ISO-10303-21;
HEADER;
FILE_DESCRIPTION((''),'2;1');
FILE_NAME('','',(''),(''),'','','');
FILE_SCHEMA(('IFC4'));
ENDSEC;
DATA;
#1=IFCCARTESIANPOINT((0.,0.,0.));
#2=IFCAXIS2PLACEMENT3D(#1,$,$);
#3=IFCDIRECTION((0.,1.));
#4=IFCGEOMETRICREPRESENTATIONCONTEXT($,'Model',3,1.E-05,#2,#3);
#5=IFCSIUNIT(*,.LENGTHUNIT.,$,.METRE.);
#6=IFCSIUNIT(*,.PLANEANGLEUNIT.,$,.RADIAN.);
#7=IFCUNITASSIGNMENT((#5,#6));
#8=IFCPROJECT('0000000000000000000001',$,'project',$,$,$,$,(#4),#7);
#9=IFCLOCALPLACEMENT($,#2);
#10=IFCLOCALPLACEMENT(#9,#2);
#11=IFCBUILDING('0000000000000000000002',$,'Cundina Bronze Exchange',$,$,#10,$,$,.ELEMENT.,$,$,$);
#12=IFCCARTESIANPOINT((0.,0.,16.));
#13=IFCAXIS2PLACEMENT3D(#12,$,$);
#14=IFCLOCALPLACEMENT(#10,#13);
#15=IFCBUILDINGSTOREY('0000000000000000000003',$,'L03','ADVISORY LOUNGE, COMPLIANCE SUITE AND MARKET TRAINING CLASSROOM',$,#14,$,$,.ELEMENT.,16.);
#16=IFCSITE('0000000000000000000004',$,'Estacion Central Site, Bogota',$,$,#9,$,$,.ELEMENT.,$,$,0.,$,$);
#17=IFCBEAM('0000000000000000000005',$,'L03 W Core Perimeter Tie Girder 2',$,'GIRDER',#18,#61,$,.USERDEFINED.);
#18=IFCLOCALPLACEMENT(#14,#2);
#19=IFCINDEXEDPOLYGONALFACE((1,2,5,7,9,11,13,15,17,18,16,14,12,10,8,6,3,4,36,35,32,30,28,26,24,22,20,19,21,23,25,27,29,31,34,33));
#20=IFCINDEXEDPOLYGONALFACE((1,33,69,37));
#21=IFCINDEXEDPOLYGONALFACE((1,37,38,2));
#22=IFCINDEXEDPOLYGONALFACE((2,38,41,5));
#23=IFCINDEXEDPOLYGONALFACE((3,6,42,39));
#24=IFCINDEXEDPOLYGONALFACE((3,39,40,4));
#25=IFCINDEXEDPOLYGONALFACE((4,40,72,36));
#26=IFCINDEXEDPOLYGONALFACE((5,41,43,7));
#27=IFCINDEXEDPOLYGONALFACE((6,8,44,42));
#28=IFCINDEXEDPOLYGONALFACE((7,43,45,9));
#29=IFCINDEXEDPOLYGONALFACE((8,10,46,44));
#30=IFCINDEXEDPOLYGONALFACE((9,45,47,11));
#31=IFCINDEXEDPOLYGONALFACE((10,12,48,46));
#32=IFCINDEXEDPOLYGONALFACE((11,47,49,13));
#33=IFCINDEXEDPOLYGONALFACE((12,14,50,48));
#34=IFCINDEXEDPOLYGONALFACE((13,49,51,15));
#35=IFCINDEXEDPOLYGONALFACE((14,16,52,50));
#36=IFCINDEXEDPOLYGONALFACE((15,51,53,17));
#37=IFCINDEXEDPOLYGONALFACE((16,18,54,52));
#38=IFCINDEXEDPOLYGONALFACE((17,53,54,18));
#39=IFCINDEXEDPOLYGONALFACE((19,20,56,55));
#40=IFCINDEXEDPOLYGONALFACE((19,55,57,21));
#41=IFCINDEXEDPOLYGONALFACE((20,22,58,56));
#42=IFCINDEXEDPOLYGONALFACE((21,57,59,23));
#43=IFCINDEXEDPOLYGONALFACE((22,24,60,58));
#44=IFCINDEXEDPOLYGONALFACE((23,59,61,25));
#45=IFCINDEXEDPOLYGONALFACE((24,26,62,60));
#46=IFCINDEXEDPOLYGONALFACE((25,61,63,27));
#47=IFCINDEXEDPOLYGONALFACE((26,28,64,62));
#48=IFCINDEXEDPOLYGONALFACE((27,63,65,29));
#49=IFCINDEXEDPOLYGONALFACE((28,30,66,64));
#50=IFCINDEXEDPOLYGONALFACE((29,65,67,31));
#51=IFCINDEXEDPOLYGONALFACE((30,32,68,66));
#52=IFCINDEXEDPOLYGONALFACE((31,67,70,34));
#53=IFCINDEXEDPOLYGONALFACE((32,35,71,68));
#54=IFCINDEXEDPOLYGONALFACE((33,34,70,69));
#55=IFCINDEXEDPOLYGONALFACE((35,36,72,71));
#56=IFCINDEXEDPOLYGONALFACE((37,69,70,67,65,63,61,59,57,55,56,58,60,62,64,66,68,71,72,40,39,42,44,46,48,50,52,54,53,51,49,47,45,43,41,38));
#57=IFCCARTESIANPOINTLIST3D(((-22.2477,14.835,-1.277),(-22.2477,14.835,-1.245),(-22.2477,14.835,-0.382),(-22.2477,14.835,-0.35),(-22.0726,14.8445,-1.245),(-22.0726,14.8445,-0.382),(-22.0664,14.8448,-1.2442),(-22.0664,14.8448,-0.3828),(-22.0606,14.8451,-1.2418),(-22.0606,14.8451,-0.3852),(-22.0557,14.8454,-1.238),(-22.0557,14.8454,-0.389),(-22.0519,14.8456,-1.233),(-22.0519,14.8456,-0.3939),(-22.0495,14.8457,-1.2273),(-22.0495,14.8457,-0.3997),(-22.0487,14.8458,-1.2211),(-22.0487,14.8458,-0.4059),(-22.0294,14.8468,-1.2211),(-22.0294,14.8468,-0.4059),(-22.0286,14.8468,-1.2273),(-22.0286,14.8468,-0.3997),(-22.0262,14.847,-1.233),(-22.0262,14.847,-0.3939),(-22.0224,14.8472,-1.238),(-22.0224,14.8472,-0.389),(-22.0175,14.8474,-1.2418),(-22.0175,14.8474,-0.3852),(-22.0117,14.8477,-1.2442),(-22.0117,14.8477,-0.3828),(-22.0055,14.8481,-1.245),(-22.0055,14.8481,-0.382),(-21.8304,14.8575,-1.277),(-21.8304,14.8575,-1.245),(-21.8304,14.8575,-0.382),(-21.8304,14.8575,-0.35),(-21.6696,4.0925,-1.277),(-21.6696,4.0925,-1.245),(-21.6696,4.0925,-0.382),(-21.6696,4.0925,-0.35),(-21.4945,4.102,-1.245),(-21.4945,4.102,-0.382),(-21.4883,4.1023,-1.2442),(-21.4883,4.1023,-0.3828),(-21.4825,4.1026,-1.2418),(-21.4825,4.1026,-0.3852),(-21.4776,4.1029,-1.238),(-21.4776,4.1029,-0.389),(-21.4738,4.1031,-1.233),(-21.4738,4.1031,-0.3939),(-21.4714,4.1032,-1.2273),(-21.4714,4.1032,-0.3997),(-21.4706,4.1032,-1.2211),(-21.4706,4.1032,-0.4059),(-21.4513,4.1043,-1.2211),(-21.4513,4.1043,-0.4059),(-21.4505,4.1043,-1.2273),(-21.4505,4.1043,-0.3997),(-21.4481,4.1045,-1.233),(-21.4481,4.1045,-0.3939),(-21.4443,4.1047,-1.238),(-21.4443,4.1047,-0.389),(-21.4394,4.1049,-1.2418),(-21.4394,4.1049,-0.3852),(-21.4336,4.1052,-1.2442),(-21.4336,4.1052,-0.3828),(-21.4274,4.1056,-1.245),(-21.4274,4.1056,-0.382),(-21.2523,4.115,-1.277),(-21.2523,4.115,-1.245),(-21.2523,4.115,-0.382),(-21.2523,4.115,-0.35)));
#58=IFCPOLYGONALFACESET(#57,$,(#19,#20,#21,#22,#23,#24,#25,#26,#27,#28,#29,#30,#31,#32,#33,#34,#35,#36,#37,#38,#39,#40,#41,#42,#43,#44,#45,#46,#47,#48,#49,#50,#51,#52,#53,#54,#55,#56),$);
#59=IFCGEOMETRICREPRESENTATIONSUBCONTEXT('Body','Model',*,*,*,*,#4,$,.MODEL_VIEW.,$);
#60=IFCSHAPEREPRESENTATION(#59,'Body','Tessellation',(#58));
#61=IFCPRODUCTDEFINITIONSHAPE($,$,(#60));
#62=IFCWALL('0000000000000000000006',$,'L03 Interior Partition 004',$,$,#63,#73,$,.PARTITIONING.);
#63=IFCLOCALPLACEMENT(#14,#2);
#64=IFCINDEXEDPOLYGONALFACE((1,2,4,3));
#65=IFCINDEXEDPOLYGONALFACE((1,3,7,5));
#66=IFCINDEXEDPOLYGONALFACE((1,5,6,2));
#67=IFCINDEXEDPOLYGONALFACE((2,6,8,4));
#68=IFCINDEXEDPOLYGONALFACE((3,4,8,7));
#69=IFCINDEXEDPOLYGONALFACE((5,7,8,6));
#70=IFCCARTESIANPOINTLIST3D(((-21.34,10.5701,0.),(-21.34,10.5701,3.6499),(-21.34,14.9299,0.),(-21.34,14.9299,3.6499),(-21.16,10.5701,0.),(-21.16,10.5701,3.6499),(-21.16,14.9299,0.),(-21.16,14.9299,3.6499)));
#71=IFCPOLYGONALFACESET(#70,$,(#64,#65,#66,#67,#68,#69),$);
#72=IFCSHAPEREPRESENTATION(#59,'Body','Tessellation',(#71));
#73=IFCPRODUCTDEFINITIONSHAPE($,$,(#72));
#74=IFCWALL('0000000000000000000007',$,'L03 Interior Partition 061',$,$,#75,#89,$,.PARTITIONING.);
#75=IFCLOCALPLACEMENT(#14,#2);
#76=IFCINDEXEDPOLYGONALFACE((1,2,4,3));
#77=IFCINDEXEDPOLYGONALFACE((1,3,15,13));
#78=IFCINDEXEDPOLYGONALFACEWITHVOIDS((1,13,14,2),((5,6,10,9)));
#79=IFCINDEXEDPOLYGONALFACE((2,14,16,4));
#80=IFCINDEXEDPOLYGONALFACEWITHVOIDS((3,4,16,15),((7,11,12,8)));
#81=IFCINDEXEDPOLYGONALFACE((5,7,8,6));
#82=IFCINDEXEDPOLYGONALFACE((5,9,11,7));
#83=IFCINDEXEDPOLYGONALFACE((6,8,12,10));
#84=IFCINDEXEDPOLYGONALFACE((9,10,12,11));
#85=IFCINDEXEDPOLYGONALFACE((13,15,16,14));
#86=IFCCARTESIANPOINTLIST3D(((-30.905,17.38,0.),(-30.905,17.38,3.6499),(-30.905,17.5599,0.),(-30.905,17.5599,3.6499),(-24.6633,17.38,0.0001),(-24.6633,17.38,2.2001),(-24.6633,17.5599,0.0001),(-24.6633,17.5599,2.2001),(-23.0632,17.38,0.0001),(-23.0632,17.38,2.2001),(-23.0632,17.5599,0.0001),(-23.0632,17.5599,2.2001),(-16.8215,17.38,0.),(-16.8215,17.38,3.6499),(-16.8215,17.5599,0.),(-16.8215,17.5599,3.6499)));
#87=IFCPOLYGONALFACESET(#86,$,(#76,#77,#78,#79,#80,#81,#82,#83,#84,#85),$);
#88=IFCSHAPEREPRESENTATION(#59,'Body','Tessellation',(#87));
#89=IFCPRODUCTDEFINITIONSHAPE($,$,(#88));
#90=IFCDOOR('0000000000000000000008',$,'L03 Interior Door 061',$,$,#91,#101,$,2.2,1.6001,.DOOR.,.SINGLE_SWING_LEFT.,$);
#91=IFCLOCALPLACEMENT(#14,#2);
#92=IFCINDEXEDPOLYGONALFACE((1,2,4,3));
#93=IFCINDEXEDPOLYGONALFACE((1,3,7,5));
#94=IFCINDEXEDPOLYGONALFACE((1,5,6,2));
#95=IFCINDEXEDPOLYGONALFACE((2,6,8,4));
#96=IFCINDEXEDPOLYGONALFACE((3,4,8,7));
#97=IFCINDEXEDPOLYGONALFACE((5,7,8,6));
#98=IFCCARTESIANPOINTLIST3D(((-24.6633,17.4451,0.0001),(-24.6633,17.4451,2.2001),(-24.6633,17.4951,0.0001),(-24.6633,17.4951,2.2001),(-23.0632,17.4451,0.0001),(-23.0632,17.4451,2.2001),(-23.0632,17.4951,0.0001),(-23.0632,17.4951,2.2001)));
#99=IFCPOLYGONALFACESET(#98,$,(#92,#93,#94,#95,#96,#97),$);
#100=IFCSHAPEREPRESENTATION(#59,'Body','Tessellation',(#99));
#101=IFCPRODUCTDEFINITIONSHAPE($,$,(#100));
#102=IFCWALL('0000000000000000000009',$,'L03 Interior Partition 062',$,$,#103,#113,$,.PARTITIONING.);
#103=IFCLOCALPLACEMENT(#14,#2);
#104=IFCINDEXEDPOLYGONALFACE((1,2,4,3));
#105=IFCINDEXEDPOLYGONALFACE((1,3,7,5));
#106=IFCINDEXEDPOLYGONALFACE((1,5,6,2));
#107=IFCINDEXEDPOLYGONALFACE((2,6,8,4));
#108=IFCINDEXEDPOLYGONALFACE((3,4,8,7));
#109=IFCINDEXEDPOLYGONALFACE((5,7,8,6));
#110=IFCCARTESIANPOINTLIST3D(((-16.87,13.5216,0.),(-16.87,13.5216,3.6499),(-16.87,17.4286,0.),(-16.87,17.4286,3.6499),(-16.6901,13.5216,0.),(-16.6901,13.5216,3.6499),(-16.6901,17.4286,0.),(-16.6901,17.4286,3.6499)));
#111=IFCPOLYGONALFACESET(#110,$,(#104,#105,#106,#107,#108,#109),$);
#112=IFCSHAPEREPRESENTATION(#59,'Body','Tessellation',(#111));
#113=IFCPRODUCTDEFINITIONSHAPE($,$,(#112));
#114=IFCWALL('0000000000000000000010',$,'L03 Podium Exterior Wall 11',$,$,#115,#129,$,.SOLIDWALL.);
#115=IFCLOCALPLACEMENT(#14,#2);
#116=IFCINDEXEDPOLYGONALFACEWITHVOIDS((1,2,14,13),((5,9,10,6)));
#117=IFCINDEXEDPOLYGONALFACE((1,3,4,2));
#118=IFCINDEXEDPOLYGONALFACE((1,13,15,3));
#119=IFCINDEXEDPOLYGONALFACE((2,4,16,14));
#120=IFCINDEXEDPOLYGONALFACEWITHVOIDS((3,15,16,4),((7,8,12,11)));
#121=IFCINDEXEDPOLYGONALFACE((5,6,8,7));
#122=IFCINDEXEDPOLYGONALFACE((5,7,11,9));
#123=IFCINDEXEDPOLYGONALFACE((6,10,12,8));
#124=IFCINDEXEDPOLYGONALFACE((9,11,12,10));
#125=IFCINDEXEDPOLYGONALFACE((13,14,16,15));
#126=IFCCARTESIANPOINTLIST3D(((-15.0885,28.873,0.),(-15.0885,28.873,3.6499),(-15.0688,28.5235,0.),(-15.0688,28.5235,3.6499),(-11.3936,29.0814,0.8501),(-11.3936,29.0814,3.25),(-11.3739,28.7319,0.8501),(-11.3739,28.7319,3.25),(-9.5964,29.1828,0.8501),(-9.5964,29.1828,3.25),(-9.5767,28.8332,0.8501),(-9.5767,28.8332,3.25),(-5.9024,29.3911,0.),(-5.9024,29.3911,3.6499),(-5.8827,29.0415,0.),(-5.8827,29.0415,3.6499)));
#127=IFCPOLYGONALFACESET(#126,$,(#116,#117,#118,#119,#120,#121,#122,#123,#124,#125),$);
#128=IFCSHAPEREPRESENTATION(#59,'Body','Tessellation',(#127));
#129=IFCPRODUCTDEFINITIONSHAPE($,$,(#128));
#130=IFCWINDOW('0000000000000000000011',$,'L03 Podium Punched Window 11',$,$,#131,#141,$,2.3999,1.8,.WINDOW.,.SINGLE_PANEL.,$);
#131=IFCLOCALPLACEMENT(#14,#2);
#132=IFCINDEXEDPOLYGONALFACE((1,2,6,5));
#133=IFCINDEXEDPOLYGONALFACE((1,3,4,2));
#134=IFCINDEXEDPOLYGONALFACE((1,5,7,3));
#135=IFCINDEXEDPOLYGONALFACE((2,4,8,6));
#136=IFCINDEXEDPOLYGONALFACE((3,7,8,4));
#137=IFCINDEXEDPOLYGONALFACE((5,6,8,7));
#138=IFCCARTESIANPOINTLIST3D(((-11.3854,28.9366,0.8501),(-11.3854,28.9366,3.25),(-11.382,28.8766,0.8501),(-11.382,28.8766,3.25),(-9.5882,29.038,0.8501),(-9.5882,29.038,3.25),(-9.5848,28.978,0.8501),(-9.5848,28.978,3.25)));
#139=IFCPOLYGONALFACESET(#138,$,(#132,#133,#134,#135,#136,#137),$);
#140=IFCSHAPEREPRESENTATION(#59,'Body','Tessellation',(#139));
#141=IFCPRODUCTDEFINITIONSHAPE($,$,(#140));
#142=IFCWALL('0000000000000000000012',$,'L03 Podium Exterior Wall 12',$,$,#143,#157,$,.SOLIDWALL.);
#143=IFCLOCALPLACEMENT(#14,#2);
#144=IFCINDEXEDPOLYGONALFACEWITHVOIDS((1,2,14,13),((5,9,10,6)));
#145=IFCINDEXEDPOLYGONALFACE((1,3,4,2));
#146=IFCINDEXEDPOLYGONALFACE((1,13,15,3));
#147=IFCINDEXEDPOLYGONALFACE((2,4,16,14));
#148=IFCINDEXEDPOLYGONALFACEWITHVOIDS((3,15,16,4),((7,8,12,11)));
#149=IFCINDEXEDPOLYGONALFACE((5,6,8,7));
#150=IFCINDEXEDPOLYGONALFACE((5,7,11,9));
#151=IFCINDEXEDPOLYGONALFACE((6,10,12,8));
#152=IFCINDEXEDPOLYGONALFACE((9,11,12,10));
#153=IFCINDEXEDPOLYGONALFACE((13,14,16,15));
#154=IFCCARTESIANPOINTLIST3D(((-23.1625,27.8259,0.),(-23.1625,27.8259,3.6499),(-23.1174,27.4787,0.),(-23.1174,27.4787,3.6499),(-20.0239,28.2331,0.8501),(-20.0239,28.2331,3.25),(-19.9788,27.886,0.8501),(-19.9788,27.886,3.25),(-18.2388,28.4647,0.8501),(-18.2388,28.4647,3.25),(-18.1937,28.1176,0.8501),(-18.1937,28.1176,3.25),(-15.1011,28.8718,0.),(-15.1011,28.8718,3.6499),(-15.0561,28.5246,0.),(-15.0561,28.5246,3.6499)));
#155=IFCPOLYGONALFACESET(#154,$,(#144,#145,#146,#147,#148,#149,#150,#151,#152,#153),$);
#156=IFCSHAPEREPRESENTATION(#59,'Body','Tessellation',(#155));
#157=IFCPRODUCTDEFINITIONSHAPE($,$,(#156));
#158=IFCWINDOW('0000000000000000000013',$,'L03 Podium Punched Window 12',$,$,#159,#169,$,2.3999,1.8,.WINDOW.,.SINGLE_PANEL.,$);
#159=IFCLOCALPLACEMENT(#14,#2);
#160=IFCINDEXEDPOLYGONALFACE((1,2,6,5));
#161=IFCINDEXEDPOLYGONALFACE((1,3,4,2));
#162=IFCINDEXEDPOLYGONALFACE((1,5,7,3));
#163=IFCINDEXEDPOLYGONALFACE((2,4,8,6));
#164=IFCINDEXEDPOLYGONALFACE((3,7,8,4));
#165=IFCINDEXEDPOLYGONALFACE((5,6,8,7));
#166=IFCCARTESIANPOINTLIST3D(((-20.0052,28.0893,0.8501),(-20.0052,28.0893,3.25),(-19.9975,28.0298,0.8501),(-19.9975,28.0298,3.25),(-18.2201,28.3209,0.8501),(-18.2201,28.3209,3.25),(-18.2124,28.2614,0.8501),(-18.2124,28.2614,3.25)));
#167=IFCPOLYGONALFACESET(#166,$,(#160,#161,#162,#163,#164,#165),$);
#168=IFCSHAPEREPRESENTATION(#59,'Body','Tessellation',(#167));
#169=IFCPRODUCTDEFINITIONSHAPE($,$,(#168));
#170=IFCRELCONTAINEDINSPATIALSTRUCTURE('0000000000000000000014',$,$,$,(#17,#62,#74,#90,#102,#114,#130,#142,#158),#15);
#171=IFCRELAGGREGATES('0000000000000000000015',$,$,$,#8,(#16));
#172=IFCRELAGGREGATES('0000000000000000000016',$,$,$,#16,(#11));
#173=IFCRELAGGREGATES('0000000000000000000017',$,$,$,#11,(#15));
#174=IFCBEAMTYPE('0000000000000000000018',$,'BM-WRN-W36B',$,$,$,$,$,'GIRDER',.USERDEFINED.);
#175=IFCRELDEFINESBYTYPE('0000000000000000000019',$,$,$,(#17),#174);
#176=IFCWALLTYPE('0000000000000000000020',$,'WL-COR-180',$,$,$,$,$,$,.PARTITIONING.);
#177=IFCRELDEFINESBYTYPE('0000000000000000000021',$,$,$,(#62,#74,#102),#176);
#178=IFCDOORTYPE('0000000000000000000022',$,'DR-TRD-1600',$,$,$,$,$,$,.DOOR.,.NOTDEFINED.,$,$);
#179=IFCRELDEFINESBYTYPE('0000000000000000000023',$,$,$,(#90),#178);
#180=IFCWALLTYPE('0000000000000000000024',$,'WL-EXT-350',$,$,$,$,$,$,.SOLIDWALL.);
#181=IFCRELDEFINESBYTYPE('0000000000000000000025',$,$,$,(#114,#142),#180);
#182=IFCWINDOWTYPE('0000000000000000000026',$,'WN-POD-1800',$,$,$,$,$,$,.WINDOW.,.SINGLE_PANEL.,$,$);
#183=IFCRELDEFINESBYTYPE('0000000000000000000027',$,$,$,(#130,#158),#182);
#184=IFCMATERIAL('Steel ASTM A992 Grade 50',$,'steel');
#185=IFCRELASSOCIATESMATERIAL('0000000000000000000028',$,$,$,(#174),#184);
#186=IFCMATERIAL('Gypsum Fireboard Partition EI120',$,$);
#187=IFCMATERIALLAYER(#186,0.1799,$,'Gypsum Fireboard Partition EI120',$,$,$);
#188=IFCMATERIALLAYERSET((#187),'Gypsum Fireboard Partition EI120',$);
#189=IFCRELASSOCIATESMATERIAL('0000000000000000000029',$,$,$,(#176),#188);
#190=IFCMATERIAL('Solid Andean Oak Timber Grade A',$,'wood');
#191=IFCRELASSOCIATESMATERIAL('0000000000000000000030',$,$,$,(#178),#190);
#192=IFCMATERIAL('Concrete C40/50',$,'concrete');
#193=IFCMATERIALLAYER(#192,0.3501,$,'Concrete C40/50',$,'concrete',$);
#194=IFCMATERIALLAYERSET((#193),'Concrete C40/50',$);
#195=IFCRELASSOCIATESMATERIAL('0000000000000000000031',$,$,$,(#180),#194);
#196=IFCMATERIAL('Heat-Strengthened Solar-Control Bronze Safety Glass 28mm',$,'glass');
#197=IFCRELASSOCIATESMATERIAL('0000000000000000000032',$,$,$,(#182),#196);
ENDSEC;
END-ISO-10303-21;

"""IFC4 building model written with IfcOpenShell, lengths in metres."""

from ifc_helpers import new_model, si_unit, direction, frame, frame_2d, origin, origin_2d, place, context, subcontext, project, spatial, rectangle, i_section, extrude, material, layer, layer_set, material_profile, profile_set, type_object, element, fill, save


model = new_model("IFC4")

# Units and contexts
model_context = context("Model", 3, precision=1e-05, world=origin(), true_north=direction((0.0, 1.0)))
body_context = subcontext(model_context, "Body", "Model", "MODEL_VIEW")
ifc_project = project(units=[si_unit("LENGTHUNIT", "METRE"), si_unit("PLANEANGLEUNIT", "RADIAN")], contexts=[model_context])

# Site, building, storey
site_placement = place(None, origin())
site = spatial("IfcSite", under=ifc_project, at=site_placement, Name="Estacion Central Site, Bogota", CompositionType="ELEMENT", RefElevation=0.0)
building_placement = place(site_placement, origin())
building = spatial("IfcBuilding", under=site, at=building_placement, Name="Cundina Bronze Exchange", CompositionType="ELEMENT")
storey_placement = place(building_placement, frame((0.0, 0.0, 16.0)))
storey = spatial("IfcBuildingStorey", under=building, at=storey_placement, Name="L03", Description="ADVISORY LOUNGE, COMPLIANCE SUITE AND MARKET TRAINING CLASSROOM", CompositionType="ELEMENT", Elevation=16.0)

# Shared definitions
ifc_material_1 = material(Name="Steel ASTM A992 Grade 50", Category="steel")

# Beam
ifc_material_profile_1 = material_profile(ifc_material_1, i_section(OverallWidth=0.418, OverallDepth=0.927, WebThickness=0.0193, FlangeThickness=0.032, FilletRadius=0.0239, at=origin_2d()), Name="W36X231", Category="steel")
ifc_profile_set_1 = profile_set([ifc_material_profile_1], Name="Steel ASTM A992 Grade 50")
beam_type_1 = type_object("IfcBeamType", Name="BM-WRN-W36B", ElementType="GIRDER", PredefinedType="USERDEFINED", material=ifc_profile_set_1)
beam_1_placement = place(storey_placement, frame((-21.4609, 4.1038, -0.8135), z_axis=(-0.053739, 0.998555, 0.0), x_axis=(-0.998555, -0.053739, 0.0)))
element("IfcBeam", 1, at=beam_1_placement, inside=storey, type_object=beam_type_1, Name="L03 W Core Perimeter Tie Girder 2", ObjectType="GIRDER", PredefinedType="USERDEFINED", context=body_context, shape_type="SweptSolid", body=[
    extrude(i_section(OverallWidth=0.418, OverallDepth=0.927, WebThickness=0.0193, FlangeThickness=0.032, FilletRadius=0.0239, at=origin_2d()), origin(), (0.0, 0.0, 1.0), 10.7581),
])

# Wall
ifc_material_2 = material(Name="Gypsum Fireboard Partition EI120")
ifc_layer_1 = layer(ifc_material_2, 0.1799, Name="Gypsum Fireboard Partition EI120")
ifc_layer_set_1 = layer_set([ifc_layer_1], Name="Gypsum Fireboard Partition EI120")
wall_type_1 = type_object("IfcWallType", Name="WL-COR-180", PredefinedType="PARTITIONING", material=ifc_layer_set_1)
wall_1_placement = place(storey_placement, frame((-21.25, 10.5701, 0.0), z_axis=(0.0, 0.0, 1.0), x_axis=(0.0, 1.0, 0.0)))
element("IfcWall", 2, at=wall_1_placement, inside=storey, type_object=wall_type_1, Name="L03 Interior Partition 004", PredefinedType="PARTITIONING", context=body_context, shape_type="SweptSolid", body=[
    extrude(rectangle(XDim=4.3599, YDim=0.1799, at=frame_2d((2.1799, 0.0))), origin(), (0.0, 0.0, 1.0), 3.6499),
])

# Wall, opening, door
wall_2_placement = place(storey_placement, frame((-16.8215, 17.47, 0.0), z_axis=(0.0, 0.0, 1.0), x_axis=(-1.0, 0.0, 0.0)))
wall_2 = element("IfcWall", 3, at=wall_2_placement, inside=storey, type_object=wall_type_1, Name="L03 Interior Partition 061", PredefinedType="PARTITIONING", context=body_context, shape_type="SweptSolid", body=[
    extrude(rectangle(XDim=14.0835, YDim=0.1799, at=frame_2d((7.0417, 0.0))), origin(), (0.0, 0.0, 1.0), 3.6499),
])
opening_1_placement = place(wall_2_placement, frame((6.2417, 0.0, 0.0)))
opening_1 = element("IfcOpeningElement", 4, at=opening_1_placement, cuts=wall_2, PredefinedType="OPENING", context=body_context, shape_type="SweptSolid", body=[
    extrude(rectangle(XDim=1.6001, YDim=2.2, at=frame_2d((0.8, 1.1001))), frame((0.0, 0.0999, 0.0), z_axis=(0.0, -1.0, 0.0), x_axis=(1.0, 0.0, 0.0)), (0.0, 0.0, 1.0), 0.2),
])
ifc_material_3 = material(Name="Solid Andean Oak Timber Grade A", Category="wood")
door_type_1 = type_object("IfcDoorType", Name="DR-TRD-1600", OperationType="NOTDEFINED", PredefinedType="DOOR", material=ifc_material_3)
door_1_placement = place(opening_1_placement, origin())
door_1 = element("IfcDoor", 5, at=door_1_placement, inside=storey, type_object=door_type_1, Name="L03 Interior Door 061", OperationType="SINGLE_SWING_LEFT", OverallHeight=2.2, OverallWidth=1.6001, PredefinedType="DOOR", context=body_context, shape_type="SweptSolid", body=[
    extrude(rectangle(XDim=1.6001, YDim=2.2, at=frame_2d((0.8, 1.1001))), frame((0.0, 0.0249, 0.0), z_axis=(0.0, -1.0, 0.0), x_axis=(1.0, 0.0, 0.0)), (0.0, 0.0, 1.0), 0.05),
])
fill(opening_1, door_1)

# Wall
wall_3_placement = place(storey_placement, frame((-16.78, 13.5215, 0.0), z_axis=(0.0, 0.0, 1.0), x_axis=(0.0, 1.0, 0.0)))
element("IfcWall", 6, at=wall_3_placement, inside=storey, type_object=wall_type_1, Name="L03 Interior Partition 062", PredefinedType="PARTITIONING", context=body_context, shape_type="SweptSolid", body=[
    extrude(rectangle(XDim=3.907, YDim=0.1799, at=frame_2d((1.9536, 0.0))), origin(), (0.0, 0.0, 1.0), 3.6499),
])

# Walls, openings, windows
ifc_material_4 = material(Name="Concrete C40/50", Category="concrete")
ifc_layer_2 = layer(ifc_material_4, 0.3501, Name="Concrete C40/50", Category="concrete")
ifc_layer_set_2 = layer_set([ifc_layer_2], Name="Concrete C40/50")
wall_type_2 = type_object("IfcWallType", Name="WL-EXT-350", PredefinedType="SOLIDWALL", material=ifc_layer_set_2)
wall_4_placement = place(storey_placement, frame((-5.8926, 29.2163, 0.0), z_axis=(0.0, 0.0, 1.0), x_axis=(-0.998413, -0.056308, 0.0)))
wall_4 = element("IfcWall", 7, at=wall_4_placement, inside=storey, type_object=wall_type_2, Name="L03 Podium Exterior Wall 11", PredefinedType="SOLIDWALL", context=body_context, shape_type="SweptSolid", body=[
    extrude(rectangle(XDim=9.2007, YDim=0.3501, at=frame_2d((4.6003, 0.0))), origin(), (0.0, 0.0, 1.0), 3.6499),
])
opening_2_placement = place(wall_4_placement, frame((3.7, 0.0, 0.8501)))
opening_2 = element("IfcOpeningElement", 8, at=opening_2_placement, cuts=wall_4, PredefinedType="OPENING", context=body_context, shape_type="SweptSolid", body=[
    extrude(rectangle(XDim=1.8, YDim=2.3999, at=frame_2d((0.8999, 1.2))), frame((0.0, 0.1851, 0.0), z_axis=(0.0, -1.0, 0.0), x_axis=(1.0, 0.0, 0.0)), (0.0, 0.0, 1.0), 0.3701),
])
ifc_material_5 = material(Name="Heat-Strengthened Solar-Control Bronze Safety Glass 28mm", Category="glass")
window_type = type_object("IfcWindowType", Name="WN-POD-1800", PartitioningType="SINGLE_PANEL", PredefinedType="WINDOW", material=ifc_material_5)
window_1_placement = place(opening_2_placement, origin())
window_1 = element("IfcWindow", 9, at=window_1_placement, inside=storey, type_object=window_type, Name="L03 Podium Punched Window 11", OverallHeight=2.3999, OverallWidth=1.8, PartitioningType="SINGLE_PANEL", PredefinedType="WINDOW", context=body_context, shape_type="SweptSolid", body=[
    extrude(rectangle(XDim=1.8, YDim=2.3999, at=frame_2d((0.8999, 1.2))), frame((0.0, 0.03, 0.0), z_axis=(0.0, -1.0, 0.0), x_axis=(1.0, 0.0, 0.0)), (0.0, 0.0, 1.0), 0.0601),
])
fill(opening_2, window_1)
wall_5_placement = place(storey_placement, frame((-15.0786, 28.6982, 0.0), z_axis=(0.0, 0.0, 1.0), x_axis=(-0.991688, -0.128665, 0.0)))
wall_5 = element("IfcWall", 10, at=wall_5_placement, inside=storey, type_object=wall_type_2, Name="L03 Podium Exterior Wall 12", PredefinedType="SOLIDWALL", context=body_context, shape_type="SweptSolid", body=[
    extrude(rectangle(XDim=8.1289, YDim=0.3501, at=frame_2d((4.0645, 0.0))), origin(), (0.0, 0.0, 1.0), 3.6499),
])
opening_3_placement = place(wall_5_placement, frame((3.1641, 0.0, 0.8501)))
opening_3 = element("IfcOpeningElement", 11, at=opening_3_placement, cuts=wall_5, PredefinedType="OPENING", context=body_context, shape_type="SweptSolid", body=[
    extrude(rectangle(XDim=1.8, YDim=2.3999, at=frame_2d((0.8999, 1.2))), frame((0.0, 0.1851, 0.0), z_axis=(0.0, -1.0, 0.0), x_axis=(1.0, 0.0, 0.0)), (0.0, 0.0, 1.0), 0.3701),
])
window_2_placement = place(opening_3_placement, origin())
window_2 = element("IfcWindow", 12, at=window_2_placement, inside=storey, type_object=window_type, Name="L03 Podium Punched Window 12", OverallHeight=2.3999, OverallWidth=1.8, PartitioningType="SINGLE_PANEL", PredefinedType="WINDOW", context=body_context, shape_type="SweptSolid", body=[
    extrude(rectangle(XDim=1.8, YDim=2.3999, at=frame_2d((0.8999, 1.2))), frame((0.0, 0.03, 0.0), z_axis=(0.0, -1.0, 0.0), x_axis=(1.0, 0.0, 0.0)), (0.0, 0.0, 1.0), 0.0601),
])
fill(opening_3, window_2)

save(model, "model.ifc")
